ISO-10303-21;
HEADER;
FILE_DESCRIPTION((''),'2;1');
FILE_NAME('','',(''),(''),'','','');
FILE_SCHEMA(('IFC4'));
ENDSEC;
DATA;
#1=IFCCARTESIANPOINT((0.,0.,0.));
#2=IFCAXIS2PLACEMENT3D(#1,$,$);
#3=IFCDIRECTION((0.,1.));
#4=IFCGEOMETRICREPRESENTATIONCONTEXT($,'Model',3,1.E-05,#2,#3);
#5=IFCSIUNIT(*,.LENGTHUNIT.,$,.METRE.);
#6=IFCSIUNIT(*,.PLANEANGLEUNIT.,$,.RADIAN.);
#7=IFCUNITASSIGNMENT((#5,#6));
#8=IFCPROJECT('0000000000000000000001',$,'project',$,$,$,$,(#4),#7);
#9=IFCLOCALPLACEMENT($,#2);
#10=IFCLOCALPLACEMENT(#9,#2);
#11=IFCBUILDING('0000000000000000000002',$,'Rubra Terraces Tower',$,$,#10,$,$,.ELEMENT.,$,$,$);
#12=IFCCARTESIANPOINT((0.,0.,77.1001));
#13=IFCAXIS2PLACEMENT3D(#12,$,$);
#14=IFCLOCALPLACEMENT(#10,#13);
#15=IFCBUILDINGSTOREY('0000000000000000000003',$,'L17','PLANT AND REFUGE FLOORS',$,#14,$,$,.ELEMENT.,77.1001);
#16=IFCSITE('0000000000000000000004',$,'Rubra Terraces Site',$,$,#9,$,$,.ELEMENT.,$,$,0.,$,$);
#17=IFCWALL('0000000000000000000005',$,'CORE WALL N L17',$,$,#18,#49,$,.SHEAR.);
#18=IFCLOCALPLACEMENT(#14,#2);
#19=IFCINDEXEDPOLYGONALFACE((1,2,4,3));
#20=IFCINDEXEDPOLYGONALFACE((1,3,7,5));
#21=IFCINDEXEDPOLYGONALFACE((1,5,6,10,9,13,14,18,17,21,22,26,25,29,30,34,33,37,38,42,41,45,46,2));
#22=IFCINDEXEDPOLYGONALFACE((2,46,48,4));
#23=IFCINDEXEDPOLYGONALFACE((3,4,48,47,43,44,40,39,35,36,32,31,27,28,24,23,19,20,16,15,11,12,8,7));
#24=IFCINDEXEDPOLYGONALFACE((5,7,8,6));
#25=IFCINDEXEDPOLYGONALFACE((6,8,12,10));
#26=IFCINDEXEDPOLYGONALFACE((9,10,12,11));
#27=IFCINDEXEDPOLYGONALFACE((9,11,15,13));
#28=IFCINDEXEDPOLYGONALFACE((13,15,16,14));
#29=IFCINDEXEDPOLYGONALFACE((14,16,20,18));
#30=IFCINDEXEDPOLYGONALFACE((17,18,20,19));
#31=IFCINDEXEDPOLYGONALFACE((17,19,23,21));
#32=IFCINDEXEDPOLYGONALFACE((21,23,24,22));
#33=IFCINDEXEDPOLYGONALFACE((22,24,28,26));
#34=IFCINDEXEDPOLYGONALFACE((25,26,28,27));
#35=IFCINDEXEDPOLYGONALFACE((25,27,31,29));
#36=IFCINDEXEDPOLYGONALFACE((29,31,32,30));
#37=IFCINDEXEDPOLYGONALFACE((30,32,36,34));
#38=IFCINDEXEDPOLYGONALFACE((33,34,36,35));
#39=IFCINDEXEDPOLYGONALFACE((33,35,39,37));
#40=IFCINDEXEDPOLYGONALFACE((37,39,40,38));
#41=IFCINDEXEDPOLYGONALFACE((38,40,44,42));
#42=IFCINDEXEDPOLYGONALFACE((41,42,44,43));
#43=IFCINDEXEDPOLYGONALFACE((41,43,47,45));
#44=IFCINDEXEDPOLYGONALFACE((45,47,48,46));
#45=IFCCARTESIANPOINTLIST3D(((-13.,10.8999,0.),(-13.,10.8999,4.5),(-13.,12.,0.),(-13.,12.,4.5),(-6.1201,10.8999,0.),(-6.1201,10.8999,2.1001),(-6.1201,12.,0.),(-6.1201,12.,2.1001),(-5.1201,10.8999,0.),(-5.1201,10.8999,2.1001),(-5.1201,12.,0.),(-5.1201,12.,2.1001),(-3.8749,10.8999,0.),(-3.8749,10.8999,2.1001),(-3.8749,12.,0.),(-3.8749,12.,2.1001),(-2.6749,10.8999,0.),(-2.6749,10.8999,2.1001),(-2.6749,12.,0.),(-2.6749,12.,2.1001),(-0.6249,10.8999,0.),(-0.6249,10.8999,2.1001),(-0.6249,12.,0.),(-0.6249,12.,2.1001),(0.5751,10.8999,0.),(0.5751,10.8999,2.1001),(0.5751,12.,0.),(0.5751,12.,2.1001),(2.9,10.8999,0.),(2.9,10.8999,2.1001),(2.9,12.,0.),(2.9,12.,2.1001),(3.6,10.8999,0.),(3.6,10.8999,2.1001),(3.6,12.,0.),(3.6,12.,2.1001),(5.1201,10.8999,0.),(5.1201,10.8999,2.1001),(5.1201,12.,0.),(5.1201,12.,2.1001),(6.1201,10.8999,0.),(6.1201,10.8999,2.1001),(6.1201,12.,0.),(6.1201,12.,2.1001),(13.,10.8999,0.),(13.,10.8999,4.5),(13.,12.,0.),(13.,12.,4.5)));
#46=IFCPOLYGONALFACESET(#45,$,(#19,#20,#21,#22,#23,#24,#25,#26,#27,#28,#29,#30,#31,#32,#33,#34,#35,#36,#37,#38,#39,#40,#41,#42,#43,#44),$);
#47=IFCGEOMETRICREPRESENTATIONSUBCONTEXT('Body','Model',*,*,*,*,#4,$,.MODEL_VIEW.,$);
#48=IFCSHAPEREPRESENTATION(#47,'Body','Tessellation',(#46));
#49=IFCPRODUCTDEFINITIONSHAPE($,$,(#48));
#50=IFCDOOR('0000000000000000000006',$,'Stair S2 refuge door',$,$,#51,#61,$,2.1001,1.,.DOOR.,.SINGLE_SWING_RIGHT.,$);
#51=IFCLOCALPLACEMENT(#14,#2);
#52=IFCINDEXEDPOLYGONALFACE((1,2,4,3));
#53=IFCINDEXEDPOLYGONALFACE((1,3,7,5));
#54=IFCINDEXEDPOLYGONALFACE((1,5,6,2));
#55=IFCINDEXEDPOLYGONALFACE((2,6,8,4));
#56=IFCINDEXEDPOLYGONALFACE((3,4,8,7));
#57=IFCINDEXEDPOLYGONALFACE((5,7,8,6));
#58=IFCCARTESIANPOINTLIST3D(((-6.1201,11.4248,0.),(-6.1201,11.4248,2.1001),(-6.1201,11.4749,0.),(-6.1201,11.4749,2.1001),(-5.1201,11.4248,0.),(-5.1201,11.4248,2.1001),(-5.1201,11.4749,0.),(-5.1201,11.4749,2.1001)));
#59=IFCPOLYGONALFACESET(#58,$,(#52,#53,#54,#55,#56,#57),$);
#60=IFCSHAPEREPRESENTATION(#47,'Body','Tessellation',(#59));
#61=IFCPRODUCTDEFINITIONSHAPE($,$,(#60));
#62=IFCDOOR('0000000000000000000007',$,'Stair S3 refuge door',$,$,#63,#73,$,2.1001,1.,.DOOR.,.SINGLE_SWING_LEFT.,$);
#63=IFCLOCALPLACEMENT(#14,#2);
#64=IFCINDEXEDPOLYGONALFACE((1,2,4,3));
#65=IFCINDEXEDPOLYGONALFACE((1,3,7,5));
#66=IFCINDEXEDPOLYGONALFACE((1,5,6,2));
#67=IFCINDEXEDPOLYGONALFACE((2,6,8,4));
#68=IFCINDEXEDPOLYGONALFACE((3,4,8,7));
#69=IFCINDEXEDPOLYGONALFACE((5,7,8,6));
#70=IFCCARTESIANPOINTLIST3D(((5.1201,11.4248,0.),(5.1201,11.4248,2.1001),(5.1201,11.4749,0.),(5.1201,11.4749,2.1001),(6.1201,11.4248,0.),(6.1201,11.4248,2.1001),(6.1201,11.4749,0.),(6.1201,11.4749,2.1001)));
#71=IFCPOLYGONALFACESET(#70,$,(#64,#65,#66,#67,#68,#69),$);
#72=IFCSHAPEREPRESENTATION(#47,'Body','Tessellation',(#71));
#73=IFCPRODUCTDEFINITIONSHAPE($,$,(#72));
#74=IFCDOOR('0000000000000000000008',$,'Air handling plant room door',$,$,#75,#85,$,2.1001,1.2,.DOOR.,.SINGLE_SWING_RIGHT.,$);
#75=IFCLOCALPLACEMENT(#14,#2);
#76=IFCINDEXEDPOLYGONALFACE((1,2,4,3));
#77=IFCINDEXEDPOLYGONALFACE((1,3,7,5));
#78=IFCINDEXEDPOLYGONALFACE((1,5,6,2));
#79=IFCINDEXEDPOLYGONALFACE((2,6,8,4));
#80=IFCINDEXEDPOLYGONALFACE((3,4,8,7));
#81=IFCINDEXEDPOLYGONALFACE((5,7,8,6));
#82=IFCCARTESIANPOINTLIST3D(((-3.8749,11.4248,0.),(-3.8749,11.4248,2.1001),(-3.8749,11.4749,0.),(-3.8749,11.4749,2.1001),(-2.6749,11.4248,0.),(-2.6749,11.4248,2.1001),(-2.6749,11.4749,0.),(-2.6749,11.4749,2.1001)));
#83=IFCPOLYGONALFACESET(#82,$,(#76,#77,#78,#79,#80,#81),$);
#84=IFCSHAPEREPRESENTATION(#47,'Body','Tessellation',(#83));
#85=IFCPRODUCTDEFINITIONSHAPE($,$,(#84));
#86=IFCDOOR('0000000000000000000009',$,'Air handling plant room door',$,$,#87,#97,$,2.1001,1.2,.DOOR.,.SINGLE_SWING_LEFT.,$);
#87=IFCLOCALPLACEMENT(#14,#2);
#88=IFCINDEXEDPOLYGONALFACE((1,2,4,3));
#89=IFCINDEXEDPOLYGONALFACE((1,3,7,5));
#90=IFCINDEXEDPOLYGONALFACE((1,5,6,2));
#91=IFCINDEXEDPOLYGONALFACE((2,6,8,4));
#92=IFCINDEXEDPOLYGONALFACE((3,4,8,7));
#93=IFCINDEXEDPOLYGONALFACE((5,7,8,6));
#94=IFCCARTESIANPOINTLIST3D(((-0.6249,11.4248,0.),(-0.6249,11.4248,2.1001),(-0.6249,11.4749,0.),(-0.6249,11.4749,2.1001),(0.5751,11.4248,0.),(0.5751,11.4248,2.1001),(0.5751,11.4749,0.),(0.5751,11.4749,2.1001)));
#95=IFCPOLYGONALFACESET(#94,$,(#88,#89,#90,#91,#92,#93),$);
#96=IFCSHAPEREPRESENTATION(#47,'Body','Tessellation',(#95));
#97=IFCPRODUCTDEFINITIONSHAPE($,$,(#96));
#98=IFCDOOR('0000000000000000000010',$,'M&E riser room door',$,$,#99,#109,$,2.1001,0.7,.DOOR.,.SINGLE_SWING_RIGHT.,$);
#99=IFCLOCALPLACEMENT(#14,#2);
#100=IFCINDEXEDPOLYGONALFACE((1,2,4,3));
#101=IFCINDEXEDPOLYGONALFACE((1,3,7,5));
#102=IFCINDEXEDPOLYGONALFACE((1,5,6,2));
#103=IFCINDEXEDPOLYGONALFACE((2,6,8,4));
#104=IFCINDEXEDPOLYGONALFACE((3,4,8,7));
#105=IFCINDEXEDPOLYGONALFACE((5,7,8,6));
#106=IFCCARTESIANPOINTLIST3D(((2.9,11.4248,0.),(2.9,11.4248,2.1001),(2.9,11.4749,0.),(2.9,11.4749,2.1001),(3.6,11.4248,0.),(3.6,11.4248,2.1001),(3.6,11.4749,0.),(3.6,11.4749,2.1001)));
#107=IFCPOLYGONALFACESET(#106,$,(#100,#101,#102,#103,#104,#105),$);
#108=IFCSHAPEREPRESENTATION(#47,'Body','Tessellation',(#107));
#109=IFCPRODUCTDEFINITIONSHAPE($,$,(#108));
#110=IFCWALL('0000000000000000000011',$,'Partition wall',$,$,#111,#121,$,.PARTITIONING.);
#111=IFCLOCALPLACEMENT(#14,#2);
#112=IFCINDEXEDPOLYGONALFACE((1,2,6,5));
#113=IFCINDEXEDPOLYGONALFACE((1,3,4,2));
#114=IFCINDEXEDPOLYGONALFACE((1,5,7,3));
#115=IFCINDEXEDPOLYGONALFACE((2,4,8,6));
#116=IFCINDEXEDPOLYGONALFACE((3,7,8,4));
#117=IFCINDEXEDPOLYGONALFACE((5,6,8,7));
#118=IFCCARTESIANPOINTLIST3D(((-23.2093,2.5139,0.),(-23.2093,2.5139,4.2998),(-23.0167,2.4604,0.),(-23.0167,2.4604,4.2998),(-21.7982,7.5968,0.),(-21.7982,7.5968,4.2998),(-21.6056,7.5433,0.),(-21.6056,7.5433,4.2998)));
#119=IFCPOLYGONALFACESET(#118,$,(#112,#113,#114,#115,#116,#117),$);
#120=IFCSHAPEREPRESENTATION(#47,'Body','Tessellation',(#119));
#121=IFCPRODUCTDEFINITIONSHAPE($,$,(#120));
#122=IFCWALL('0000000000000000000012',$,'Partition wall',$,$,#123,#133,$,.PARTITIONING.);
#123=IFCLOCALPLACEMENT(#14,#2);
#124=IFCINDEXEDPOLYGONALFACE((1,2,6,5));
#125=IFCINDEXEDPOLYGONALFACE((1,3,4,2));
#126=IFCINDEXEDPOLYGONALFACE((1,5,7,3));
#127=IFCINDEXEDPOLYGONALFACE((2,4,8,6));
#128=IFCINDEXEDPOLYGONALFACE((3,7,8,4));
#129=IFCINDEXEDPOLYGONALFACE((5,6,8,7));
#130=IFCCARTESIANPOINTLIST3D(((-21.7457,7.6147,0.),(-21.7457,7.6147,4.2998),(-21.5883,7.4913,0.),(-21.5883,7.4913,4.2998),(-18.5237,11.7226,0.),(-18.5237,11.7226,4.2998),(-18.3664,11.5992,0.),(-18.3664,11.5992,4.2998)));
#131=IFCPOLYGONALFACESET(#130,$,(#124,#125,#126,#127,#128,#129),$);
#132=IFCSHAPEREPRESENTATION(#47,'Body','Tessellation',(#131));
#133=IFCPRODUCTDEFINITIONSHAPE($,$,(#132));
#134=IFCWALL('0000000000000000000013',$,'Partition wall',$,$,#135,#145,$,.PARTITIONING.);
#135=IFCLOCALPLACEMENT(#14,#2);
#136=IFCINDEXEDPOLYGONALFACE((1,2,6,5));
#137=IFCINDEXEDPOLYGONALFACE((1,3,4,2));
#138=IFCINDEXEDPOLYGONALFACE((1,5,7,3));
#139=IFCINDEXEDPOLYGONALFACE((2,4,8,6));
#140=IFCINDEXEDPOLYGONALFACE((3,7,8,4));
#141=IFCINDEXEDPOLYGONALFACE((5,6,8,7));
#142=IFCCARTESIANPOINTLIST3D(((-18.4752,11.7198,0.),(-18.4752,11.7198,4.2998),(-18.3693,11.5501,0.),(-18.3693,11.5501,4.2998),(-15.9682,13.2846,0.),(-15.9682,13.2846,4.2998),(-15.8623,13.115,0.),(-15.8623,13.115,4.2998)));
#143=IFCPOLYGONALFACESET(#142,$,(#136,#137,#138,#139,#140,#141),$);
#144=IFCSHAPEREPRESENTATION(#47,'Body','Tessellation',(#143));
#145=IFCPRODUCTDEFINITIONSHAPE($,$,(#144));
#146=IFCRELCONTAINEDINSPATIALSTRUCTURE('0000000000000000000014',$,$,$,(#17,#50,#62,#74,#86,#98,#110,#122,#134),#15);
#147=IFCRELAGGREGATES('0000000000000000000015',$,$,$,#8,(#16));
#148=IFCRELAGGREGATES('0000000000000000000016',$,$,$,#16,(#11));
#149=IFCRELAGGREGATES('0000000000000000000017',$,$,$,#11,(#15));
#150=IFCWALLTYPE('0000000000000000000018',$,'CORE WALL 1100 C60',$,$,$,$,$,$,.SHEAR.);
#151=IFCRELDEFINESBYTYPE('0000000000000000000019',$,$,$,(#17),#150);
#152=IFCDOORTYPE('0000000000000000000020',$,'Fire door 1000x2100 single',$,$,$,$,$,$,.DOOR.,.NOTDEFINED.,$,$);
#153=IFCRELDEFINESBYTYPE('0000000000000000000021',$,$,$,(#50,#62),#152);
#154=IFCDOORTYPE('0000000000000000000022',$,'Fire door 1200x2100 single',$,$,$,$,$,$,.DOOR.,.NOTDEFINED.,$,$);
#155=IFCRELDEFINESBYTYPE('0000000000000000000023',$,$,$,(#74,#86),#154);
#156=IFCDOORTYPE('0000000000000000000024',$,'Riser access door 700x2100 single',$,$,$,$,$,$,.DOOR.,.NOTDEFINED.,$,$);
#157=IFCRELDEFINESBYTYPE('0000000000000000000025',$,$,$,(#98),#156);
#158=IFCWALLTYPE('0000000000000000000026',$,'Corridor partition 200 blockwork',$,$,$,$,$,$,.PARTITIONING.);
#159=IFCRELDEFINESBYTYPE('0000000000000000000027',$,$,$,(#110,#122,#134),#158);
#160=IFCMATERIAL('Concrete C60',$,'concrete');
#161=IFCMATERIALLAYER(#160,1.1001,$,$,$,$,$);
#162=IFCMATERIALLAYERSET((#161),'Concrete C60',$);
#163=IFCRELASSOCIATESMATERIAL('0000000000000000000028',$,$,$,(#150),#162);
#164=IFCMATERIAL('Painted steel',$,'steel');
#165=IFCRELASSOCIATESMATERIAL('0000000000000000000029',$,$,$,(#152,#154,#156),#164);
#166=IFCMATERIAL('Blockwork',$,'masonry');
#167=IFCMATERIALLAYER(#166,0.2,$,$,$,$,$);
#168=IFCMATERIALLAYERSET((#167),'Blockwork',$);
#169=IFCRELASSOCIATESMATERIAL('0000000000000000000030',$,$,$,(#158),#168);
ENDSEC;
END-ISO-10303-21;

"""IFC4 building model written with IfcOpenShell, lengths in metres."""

from ifc_helpers import new_model, si_unit, direction, frame, frame_2d, origin, place, context, subcontext, project, spatial, rectangle, extrude, material, layer, layer_set, type_object, element, fill, save


model = new_model("IFC4")

# Units and contexts
model_context = context("Model", 3, precision=1e-05, world=origin(), true_north=direction((0.0, 1.0)))
body_context = subcontext(model_context, "Body", "Model", "MODEL_VIEW")
ifc_project = project(units=[si_unit("LENGTHUNIT", "METRE"), si_unit("PLANEANGLEUNIT", "RADIAN")], contexts=[model_context])

# Site, building, storey
site_placement = place(None, origin())
site = spatial("IfcSite", under=ifc_project, at=site_placement, Name="Rubra Terraces Site", CompositionType="ELEMENT", RefElevation=0.0)
building_placement = place(site_placement, origin())
building = spatial("IfcBuilding", under=site, at=building_placement, Name="Rubra Terraces Tower", CompositionType="ELEMENT")
storey_placement = place(building_placement, frame((0.0, 0.0, 77.1001)))
storey = spatial("IfcBuildingStorey", under=building, at=storey_placement, Name="L17", Description="PLANT AND REFUGE FLOORS", CompositionType="ELEMENT", Elevation=77.1001)

# Shared definitions
ifc_material_1 = material(Name="Concrete C60", Category="concrete")

# Wall, openings, doors
ifc_layer_1 = layer(ifc_material_1, 1.1001)
ifc_layer_set_1 = layer_set([ifc_layer_1], Name="Concrete C60")
wall_type_1 = type_object("IfcWallType", Name="CORE WALL 1100 C60", PredefinedType="SHEAR", material=ifc_layer_set_1)
wall_1_placement = place(storey_placement, frame((-13.0, 11.45, 0.0), z_axis=(0.0, 0.0, 1.0), x_axis=(1.0, 0.0, 0.0)))
wall_1 = element("IfcWall", 1, at=wall_1_placement, inside=storey, type_object=wall_type_1, Name="CORE WALL N L17", PredefinedType="SHEAR", context=body_context, shape_type="SweptSolid", body=[
    extrude(rectangle(XDim=26.0, YDim=1.1001, at=frame_2d((13.0, 0.0))), origin(), (0.0, 0.0, 1.0), 4.5),
])
opening_1_placement = place(wall_1_placement, frame((9.125, 0.0, 0.0)))
opening_1 = element("IfcOpeningElement", 2, at=opening_1_placement, cuts=wall_1, PredefinedType="OPENING", context=body_context, shape_type="SweptSolid", body=[
    extrude(rectangle(XDim=1.2, YDim=2.1001, at=frame_2d((0.6001, 1.05))), frame((0.0, 0.5601, 0.0), z_axis=(0.0, -1.0, 0.0), x_axis=(1.0, 0.0, 0.0)), (0.0, 0.0, 1.0), 1.1201),
])
opening_2_placement = place(wall_1_placement, frame((12.375, 0.0, 0.0)))
opening_2 = element("IfcOpeningElement", 3, at=opening_2_placement, cuts=wall_1, PredefinedType="OPENING", context=body_context, shape_type="SweptSolid", body=[
    extrude(rectangle(XDim=1.2, YDim=2.1001, at=frame_2d((0.6001, 1.05))), frame((0.0, 0.5601, 0.0), z_axis=(0.0, -1.0, 0.0), x_axis=(1.0, 0.0, 0.0)), (0.0, 0.0, 1.0), 1.1201),
])
opening_3_placement = place(wall_1_placement, frame((15.8999, 0.0, 0.0)))
opening_3 = element("IfcOpeningElement", 4, at=opening_3_placement, cuts=wall_1, PredefinedType="OPENING", context=body_context, shape_type="SweptSolid", body=[
    extrude(rectangle(XDim=0.7, YDim=2.1001, at=frame_2d((0.3501, 1.05))), frame((0.0, 0.5601, 0.0), z_axis=(0.0, -1.0, 0.0), x_axis=(1.0, 0.0, 0.0)), (0.0, 0.0, 1.0), 1.1201),
])
opening_4_placement = place(wall_1_placement, frame((6.8799, 0.0, 0.0)))
opening_4 = element("IfcOpeningElement", 5, at=opening_4_placement, cuts=wall_1, PredefinedType="OPENING", context=body_context, shape_type="SweptSolid", body=[
    extrude(rectangle(XDim=1.0, YDim=2.1001, at=frame_2d((0.5, 1.05))), frame((0.0, 0.5601, 0.0), z_axis=(0.0, -1.0, 0.0), x_axis=(1.0, 0.0, 0.0)), (0.0, 0.0, 1.0), 1.1201),
])
opening_5_placement = place(wall_1_placement, frame((18.1201, 0.0, 0.0)))
opening_5 = element("IfcOpeningElement", 6, at=opening_5_placement, cuts=wall_1, PredefinedType="OPENING", context=body_context, shape_type="SweptSolid", body=[
    extrude(rectangle(XDim=1.0, YDim=2.1001, at=frame_2d((0.5, 1.05))), frame((0.0, 0.5601, 0.0), z_axis=(0.0, -1.0, 0.0), x_axis=(1.0, 0.0, 0.0)), (0.0, 0.0, 1.0), 1.1201),
])
ifc_material_2 = material(Name="Painted steel", Category="steel")
door_type_1 = type_object("IfcDoorType", Name="Fire door 1000x2100 single", OperationType="NOTDEFINED", PredefinedType="DOOR", material=ifc_material_2)
door_1_placement = place(opening_4_placement, origin())
door_1 = element("IfcDoor", 7, at=door_1_placement, inside=storey, type_object=door_type_1, Name="Stair S2 refuge door", OperationType="SINGLE_SWING_RIGHT", OverallHeight=2.1001, OverallWidth=1.0, PredefinedType="DOOR", context=body_context, shape_type="SweptSolid", body=[
    extrude(rectangle(XDim=1.0, YDim=2.1001, at=frame_2d((0.5, 1.05))), frame((0.0, 0.0249, 0.0), z_axis=(0.0, -1.0, 0.0), x_axis=(1.0, 0.0, 0.0)), (0.0, 0.0, 1.0), 0.05),
])
fill(opening_4, door_1)
door_2_placement = place(opening_5_placement, origin())
door_2 = element("IfcDoor", 8, at=door_2_placement, inside=storey, type_object=door_type_1, Name="Stair S3 refuge door", OperationType="SINGLE_SWING_LEFT", OverallHeight=2.1001, OverallWidth=1.0, PredefinedType="DOOR", context=body_context, shape_type="SweptSolid", body=[
    extrude(rectangle(XDim=1.0, YDim=2.1001, at=frame_2d((0.5, 1.05))), frame((0.0, 0.0249, 0.0), z_axis=(0.0, -1.0, 0.0), x_axis=(1.0, 0.0, 0.0)), (0.0, 0.0, 1.0), 0.05),
])
fill(opening_5, door_2)
door_type_2 = type_object("IfcDoorType", Name="Fire door 1200x2100 single", OperationType="NOTDEFINED", PredefinedType="DOOR", material=ifc_material_2)
door_3_placement = place(opening_1_placement, origin())
door_3 = element("IfcDoor", 9, at=door_3_placement, inside=storey, type_object=door_type_2, Name="Air handling plant room door", OperationType="SINGLE_SWING_RIGHT", OverallHeight=2.1001, OverallWidth=1.2, PredefinedType="DOOR", context=body_context, shape_type="SweptSolid", body=[
    extrude(rectangle(XDim=1.2, YDim=2.1001, at=frame_2d((0.6001, 1.05))), frame((0.0, 0.0249, 0.0), z_axis=(0.0, -1.0, 0.0), x_axis=(1.0, 0.0, 0.0)), (0.0, 0.0, 1.0), 0.05),
])
fill(opening_1, door_3)
door_4_placement = place(opening_2_placement, origin())
door_4 = element("IfcDoor", 10, at=door_4_placement, inside=storey, type_object=door_type_2, Name="Air handling plant room door", OperationType="SINGLE_SWING_LEFT", OverallHeight=2.1001, OverallWidth=1.2, PredefinedType="DOOR", context=body_context, shape_type="SweptSolid", body=[
    extrude(rectangle(XDim=1.2, YDim=2.1001, at=frame_2d((0.6001, 1.05))), frame((0.0, 0.0249, 0.0), z_axis=(0.0, -1.0, 0.0), x_axis=(1.0, 0.0, 0.0)), (0.0, 0.0, 1.0), 0.05),
])
fill(opening_2, door_4)
door_type_3 = type_object("IfcDoorType", Name="Riser access door 700x2100 single", OperationType="NOTDEFINED", PredefinedType="DOOR", material=ifc_material_2)
door_5_placement = place(opening_3_placement, origin())
door_5 = element("IfcDoor", 11, at=door_5_placement, inside=storey, type_object=door_type_3, Name="M&E riser room door", OperationType="SINGLE_SWING_RIGHT", OverallHeight=2.1001, OverallWidth=0.7, PredefinedType="DOOR", context=body_context, shape_type="SweptSolid", body=[
    extrude(rectangle(XDim=0.7, YDim=2.1001, at=frame_2d((0.3501, 1.05))), frame((0.0, 0.0249, 0.0), z_axis=(0.0, -1.0, 0.0), x_axis=(1.0, 0.0, 0.0)), (0.0, 0.0, 1.0), 0.05),
])
fill(opening_3, door_5)

# Walls
ifc_material_3 = material(Name="Blockwork", Category="masonry")
ifc_layer_2 = layer(ifc_material_3, 0.2)
ifc_layer_set_2 = layer_set([ifc_layer_2], Name="Blockwork")
wall_type_2 = type_object("IfcWallType", Name="Corridor partition 200 blockwork", PredefinedType="PARTITIONING", material=ifc_layer_set_2)
wall_2_placement = place(storey_placement, frame((-23.113, 2.4871, 0.0), z_axis=(0.0, 0.0, 1.0), x_axis=(0.267501, 0.963558, 0.0)))
element("IfcWall", 12, at=wall_2_placement, inside=storey, type_object=wall_type_2, Name="Partition wall", PredefinedType="PARTITIONING", context=body_context, shape_type="SweptSolid", body=[
    extrude(rectangle(XDim=5.2751, YDim=0.2, at=frame_2d((2.6377, 0.0))), origin(), (0.0, 0.0, 1.0), 4.2998),
])
wall_3_placement = place(storey_placement, frame((-21.667, 7.553, 0.0), z_axis=(0.0, 0.0, 1.0), x_axis=(0.617144, 0.78685, 0.0)))
element("IfcWall", 13, at=wall_3_placement, inside=storey, type_object=wall_type_2, Name="Partition wall", PredefinedType="PARTITIONING", context=body_context, shape_type="SweptSolid", body=[
    extrude(rectangle(XDim=5.2207, YDim=0.2, at=frame_2d((2.6104, 0.0))), origin(), (0.0, 0.0, 1.0), 4.2998),
])
wall_4_placement = place(storey_placement, frame((-18.4221, 11.635, 0.0), z_axis=(0.0, 0.0, 1.0), x_axis=(0.8483, 0.529516, 0.0)))
element("IfcWall", 14, at=wall_4_placement, inside=storey, type_object=wall_type_2, Name="Partition wall", PredefinedType="PARTITIONING", context=body_context, shape_type="SweptSolid", body=[
    extrude(rectangle(XDim=2.9553, YDim=0.2, at=frame_2d((1.4775, 0.0))), origin(), (0.0, 0.0, 1.0), 4.2998),
])

save(model, "model.ifc")
